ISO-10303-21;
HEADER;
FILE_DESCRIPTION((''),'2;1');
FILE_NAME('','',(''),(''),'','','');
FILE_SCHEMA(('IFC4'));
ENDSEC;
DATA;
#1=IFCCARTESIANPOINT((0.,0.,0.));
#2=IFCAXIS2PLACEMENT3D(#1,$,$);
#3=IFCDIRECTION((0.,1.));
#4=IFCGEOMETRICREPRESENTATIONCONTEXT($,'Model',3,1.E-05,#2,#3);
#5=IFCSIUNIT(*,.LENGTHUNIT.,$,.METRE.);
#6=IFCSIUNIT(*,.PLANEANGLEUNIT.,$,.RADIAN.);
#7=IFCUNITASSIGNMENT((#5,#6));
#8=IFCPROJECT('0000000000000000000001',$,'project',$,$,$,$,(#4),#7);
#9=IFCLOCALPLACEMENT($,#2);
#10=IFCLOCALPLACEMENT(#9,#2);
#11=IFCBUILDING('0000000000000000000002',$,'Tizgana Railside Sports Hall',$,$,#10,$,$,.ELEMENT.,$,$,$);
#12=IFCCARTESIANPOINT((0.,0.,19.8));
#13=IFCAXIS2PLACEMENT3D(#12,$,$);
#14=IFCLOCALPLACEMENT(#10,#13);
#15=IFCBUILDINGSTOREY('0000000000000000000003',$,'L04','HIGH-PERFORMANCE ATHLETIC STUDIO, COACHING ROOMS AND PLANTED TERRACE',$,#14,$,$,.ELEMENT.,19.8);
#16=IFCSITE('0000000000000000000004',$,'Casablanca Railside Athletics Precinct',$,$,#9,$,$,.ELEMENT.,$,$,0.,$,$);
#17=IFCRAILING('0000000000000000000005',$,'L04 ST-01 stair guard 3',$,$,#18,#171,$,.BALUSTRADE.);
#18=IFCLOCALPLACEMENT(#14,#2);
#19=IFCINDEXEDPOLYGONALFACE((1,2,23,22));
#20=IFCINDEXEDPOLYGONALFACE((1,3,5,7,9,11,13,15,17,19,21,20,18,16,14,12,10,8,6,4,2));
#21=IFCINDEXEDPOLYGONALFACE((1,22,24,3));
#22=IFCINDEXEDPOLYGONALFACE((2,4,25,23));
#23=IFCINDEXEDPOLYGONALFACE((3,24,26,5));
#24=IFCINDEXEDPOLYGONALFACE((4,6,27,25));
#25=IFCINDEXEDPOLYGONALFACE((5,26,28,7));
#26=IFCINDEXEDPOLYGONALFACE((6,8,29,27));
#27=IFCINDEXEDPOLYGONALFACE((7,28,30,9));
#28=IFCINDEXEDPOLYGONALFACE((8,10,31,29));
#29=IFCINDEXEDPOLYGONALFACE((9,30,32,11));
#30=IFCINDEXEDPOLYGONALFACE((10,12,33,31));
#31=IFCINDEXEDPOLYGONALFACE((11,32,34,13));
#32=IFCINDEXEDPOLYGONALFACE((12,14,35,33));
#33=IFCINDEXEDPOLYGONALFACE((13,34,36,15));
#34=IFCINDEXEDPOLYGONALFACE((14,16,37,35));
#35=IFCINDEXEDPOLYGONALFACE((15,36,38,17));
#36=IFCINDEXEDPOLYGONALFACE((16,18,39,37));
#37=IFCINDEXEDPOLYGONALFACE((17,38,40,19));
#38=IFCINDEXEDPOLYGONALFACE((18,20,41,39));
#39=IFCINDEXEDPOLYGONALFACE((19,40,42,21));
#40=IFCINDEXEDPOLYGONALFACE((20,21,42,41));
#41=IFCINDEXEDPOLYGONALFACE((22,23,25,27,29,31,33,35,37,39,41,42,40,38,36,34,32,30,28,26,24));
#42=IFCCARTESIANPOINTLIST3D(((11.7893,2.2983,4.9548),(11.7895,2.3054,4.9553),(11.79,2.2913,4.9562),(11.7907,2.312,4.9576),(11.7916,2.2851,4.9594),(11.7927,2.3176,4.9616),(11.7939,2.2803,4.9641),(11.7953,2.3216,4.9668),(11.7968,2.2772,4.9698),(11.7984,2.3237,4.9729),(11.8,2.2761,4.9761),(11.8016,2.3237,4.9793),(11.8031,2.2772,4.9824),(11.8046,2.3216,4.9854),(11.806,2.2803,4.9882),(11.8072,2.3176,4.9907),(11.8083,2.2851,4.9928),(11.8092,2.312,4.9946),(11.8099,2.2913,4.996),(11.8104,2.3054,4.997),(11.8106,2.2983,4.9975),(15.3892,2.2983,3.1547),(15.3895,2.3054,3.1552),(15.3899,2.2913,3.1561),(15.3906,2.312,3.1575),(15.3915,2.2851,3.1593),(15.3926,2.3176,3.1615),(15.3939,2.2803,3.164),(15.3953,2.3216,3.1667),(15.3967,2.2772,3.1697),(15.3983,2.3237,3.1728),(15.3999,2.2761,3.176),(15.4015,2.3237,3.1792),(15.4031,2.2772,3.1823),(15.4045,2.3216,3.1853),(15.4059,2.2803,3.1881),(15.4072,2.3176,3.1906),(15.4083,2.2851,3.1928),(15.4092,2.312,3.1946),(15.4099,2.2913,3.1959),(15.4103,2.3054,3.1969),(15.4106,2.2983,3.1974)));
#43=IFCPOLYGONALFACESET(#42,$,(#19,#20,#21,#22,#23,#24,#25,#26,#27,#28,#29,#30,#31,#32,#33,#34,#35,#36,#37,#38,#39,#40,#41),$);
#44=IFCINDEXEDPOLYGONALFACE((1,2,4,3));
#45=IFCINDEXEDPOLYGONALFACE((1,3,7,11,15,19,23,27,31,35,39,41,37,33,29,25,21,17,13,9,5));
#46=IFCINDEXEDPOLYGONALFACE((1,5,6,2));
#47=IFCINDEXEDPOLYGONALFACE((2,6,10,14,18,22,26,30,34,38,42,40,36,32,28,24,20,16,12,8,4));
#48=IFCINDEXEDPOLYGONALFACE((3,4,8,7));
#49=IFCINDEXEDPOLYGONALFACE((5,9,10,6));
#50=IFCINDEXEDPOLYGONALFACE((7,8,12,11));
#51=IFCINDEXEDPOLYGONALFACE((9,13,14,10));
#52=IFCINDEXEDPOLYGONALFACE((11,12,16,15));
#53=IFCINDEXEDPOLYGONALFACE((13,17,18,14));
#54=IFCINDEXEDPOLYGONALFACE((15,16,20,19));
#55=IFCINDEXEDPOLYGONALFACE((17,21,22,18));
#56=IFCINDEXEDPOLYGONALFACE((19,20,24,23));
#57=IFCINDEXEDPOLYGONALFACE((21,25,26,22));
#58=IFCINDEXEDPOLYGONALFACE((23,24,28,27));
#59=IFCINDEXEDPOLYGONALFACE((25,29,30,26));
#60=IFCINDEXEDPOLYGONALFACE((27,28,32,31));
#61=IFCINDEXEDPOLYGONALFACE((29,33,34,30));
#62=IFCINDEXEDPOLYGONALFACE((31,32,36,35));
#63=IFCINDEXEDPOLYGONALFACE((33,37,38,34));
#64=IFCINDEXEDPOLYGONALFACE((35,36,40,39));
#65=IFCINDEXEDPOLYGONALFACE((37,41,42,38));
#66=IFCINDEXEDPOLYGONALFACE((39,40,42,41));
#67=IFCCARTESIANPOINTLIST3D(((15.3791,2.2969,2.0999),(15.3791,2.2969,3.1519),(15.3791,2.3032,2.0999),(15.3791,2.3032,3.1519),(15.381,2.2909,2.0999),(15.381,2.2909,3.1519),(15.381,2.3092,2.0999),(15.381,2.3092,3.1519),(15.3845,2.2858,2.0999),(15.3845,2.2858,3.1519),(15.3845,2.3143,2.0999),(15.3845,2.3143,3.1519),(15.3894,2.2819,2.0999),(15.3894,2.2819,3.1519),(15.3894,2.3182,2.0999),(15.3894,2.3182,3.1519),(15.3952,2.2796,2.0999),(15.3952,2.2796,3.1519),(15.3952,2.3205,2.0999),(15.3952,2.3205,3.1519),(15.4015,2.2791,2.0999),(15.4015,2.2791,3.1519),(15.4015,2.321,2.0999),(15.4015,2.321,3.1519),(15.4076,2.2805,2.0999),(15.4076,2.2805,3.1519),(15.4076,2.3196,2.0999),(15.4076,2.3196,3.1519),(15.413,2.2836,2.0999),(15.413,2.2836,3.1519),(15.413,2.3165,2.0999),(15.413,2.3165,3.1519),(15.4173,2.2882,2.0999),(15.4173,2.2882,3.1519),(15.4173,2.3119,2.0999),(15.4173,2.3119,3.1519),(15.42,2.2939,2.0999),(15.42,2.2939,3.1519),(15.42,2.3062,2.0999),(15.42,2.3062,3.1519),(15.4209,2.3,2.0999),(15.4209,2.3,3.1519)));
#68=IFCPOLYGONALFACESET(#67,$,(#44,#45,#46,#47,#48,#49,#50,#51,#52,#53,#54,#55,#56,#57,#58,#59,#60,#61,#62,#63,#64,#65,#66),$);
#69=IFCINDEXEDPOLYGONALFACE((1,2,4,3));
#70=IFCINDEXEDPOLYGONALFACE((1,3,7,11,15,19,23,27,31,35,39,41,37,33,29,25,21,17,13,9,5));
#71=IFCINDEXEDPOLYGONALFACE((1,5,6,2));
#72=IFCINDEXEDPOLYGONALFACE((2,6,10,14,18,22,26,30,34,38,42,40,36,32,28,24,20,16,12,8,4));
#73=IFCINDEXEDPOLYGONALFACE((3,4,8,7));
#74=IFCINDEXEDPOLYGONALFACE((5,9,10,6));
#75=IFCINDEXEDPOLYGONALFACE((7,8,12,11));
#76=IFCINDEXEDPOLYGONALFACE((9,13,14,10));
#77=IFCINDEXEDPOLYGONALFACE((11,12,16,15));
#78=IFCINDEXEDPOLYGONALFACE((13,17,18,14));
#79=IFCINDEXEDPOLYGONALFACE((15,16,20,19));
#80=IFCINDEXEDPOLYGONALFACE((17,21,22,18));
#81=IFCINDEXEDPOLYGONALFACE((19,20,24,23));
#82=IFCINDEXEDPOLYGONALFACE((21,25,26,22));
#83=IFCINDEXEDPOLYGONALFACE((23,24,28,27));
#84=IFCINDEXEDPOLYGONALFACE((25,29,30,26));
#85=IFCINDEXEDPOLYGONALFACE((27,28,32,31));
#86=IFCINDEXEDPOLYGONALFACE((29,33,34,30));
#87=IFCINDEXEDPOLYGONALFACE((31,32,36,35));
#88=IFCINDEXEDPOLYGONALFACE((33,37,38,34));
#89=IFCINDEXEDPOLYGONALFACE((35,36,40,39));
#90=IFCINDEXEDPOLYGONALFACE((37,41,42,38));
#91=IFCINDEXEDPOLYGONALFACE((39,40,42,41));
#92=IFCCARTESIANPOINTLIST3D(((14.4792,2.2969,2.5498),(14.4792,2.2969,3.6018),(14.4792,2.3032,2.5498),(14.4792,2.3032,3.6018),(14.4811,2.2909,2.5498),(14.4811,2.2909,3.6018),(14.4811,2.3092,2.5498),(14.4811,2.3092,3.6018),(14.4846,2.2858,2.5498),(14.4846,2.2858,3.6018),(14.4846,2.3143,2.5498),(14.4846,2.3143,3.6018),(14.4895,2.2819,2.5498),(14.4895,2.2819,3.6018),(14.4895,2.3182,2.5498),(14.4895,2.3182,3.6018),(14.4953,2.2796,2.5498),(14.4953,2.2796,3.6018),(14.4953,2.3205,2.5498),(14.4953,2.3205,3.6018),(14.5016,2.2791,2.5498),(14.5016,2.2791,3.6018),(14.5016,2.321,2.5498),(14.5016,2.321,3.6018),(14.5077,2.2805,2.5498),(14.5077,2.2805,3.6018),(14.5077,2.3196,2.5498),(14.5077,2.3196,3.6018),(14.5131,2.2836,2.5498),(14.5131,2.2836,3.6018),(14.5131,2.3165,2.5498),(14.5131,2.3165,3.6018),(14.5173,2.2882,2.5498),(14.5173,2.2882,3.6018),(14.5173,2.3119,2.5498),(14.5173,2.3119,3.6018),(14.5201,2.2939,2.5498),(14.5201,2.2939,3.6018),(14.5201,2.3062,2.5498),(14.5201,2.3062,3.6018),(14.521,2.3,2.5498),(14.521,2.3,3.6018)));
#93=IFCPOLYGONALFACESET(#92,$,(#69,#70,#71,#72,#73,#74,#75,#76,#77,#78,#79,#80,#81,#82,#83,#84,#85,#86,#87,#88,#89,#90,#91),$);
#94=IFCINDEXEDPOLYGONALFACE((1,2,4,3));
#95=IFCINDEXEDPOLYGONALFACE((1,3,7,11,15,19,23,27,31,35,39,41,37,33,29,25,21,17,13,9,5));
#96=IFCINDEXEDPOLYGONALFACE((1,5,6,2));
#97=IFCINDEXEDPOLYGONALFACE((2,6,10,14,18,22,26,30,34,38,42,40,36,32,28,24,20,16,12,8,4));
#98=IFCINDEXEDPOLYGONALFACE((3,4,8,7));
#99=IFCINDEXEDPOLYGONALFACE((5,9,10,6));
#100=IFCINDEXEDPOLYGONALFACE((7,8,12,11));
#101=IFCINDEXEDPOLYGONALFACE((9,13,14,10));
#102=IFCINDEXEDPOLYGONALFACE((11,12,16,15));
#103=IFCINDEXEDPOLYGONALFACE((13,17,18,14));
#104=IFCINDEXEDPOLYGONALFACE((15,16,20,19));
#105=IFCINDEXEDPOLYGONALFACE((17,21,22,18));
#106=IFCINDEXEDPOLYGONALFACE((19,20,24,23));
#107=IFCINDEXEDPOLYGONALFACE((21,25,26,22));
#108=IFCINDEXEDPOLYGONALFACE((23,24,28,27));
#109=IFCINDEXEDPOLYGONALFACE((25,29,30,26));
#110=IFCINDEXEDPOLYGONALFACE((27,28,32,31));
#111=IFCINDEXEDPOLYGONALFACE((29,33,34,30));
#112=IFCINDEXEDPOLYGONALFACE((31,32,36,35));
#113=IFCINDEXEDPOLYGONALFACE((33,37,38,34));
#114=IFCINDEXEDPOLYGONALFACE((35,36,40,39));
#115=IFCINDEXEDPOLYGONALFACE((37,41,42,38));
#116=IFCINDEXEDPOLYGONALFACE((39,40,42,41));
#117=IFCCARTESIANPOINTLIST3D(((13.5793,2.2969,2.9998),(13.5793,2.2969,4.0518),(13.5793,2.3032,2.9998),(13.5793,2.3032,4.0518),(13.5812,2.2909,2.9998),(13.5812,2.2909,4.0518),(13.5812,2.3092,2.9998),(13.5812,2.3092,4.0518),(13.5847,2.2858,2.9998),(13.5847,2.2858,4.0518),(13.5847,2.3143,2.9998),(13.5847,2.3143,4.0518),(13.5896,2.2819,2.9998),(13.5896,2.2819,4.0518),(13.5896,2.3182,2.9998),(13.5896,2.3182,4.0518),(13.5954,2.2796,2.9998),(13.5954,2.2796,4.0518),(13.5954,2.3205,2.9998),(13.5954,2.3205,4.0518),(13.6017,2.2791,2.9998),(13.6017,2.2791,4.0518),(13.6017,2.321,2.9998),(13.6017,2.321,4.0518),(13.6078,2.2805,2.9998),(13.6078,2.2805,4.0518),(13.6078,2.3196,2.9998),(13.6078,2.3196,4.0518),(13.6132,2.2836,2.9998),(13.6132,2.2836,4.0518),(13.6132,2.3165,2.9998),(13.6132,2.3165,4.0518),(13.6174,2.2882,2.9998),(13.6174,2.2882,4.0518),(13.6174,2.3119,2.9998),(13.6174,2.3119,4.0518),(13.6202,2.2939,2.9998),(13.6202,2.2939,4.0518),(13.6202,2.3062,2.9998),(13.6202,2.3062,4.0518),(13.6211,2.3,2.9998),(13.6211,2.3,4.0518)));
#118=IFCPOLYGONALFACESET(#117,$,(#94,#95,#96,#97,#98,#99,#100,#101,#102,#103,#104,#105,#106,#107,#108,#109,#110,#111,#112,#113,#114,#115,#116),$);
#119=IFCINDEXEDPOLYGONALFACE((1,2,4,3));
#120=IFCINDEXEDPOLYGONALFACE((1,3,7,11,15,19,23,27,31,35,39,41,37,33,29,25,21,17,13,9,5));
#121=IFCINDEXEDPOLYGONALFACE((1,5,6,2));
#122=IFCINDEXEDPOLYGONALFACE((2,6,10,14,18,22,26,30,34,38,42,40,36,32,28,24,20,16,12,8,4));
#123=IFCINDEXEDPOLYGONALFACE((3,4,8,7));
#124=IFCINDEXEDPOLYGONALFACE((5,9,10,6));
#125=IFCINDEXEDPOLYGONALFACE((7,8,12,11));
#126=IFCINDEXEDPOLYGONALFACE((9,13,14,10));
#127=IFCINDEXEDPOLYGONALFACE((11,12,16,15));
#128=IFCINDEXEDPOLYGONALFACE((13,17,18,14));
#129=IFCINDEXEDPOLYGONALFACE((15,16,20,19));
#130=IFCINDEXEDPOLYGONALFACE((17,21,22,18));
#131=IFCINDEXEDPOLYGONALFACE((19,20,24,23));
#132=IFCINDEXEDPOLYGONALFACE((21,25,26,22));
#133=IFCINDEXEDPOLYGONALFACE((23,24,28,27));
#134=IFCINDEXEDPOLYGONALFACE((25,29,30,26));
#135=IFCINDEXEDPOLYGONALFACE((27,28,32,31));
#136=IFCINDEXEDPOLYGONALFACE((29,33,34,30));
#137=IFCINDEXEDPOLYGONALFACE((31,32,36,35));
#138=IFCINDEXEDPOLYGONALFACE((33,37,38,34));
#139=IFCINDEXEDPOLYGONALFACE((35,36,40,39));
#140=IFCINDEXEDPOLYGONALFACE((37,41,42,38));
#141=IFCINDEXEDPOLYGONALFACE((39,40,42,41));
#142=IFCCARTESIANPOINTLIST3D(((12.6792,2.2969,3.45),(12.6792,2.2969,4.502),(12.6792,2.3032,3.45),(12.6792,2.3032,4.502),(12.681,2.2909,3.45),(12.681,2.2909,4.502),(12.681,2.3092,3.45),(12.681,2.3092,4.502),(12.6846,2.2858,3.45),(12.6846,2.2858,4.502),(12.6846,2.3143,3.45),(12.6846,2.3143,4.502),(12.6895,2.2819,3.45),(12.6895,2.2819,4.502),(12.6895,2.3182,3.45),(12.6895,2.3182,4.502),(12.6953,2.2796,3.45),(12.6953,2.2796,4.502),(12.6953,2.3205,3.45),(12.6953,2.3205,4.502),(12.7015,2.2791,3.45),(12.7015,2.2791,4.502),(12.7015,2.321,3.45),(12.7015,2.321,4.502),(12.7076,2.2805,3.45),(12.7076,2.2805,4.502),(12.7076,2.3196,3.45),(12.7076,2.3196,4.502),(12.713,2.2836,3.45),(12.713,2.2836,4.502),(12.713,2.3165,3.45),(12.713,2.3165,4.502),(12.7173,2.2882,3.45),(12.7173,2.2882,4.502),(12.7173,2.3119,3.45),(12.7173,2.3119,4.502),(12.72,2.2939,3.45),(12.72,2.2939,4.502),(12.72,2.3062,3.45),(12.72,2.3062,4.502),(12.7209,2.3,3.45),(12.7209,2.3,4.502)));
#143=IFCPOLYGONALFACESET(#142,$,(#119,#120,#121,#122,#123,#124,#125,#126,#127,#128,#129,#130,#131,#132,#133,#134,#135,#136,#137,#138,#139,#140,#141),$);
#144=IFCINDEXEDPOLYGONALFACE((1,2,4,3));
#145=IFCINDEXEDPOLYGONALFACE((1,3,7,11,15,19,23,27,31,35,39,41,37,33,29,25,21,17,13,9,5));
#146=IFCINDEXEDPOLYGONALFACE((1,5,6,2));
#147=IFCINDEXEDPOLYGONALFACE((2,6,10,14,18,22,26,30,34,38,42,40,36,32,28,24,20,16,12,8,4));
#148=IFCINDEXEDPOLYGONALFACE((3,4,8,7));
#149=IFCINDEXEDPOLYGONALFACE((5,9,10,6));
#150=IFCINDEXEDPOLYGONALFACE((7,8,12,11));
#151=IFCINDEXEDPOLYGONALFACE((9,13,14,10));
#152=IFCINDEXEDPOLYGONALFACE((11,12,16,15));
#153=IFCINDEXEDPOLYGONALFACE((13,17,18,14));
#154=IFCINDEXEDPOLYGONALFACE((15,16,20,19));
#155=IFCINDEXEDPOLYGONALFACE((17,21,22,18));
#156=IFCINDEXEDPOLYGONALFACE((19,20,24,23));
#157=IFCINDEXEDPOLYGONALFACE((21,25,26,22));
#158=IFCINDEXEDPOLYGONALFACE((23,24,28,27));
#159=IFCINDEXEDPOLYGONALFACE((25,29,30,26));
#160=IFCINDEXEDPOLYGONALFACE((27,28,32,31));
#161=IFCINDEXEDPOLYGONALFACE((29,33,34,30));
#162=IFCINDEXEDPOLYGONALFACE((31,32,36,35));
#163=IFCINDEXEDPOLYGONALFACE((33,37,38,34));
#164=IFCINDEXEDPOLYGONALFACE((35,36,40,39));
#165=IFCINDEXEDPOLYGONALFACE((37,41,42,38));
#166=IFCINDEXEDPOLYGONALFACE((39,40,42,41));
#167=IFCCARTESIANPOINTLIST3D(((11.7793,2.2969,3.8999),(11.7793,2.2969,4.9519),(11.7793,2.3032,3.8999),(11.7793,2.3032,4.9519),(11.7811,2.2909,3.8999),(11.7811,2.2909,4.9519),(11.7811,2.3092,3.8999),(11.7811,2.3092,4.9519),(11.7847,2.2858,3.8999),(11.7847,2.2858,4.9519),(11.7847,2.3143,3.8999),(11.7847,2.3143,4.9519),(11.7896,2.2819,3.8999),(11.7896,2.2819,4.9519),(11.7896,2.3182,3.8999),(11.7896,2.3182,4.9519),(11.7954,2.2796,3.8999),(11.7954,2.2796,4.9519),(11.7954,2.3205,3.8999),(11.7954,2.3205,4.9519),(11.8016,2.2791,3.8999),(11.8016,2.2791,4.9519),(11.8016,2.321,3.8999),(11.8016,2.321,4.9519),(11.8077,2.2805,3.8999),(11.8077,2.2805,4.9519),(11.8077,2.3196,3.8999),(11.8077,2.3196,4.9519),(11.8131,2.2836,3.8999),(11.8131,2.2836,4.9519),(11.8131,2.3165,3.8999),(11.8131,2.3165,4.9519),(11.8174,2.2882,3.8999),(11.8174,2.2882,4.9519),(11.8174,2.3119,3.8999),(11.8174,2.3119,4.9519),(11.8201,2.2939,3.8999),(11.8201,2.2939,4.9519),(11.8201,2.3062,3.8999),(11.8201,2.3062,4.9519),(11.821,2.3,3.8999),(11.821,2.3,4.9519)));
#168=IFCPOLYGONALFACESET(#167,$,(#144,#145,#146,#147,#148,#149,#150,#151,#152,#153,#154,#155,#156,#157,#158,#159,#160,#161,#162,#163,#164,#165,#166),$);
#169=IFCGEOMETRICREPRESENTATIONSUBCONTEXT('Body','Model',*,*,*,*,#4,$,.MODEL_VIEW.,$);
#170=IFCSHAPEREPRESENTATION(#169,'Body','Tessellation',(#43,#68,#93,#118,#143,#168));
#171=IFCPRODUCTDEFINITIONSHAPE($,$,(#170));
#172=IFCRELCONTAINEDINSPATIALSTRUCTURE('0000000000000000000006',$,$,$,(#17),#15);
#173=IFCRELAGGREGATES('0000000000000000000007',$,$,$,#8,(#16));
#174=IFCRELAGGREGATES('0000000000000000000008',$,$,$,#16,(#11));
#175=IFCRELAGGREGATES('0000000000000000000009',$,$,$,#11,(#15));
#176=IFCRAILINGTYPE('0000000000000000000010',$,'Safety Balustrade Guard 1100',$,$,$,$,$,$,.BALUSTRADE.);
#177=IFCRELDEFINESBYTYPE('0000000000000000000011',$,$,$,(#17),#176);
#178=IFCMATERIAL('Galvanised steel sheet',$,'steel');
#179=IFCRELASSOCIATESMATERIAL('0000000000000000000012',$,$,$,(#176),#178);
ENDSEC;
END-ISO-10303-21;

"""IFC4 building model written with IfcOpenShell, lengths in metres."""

from ifc_helpers import new_model, si_unit, direction, frame, origin, origin_2d, place, context, subcontext, project, spatial, circle, extrude, material, type_object, element, save


model = new_model("IFC4")

# Units and contexts
model_context = context("Model", 3, precision=1e-05, world=origin(), true_north=direction((0.0, 1.0)))
body_context = subcontext(model_context, "Body", "Model", "MODEL_VIEW")
ifc_project = project(units=[si_unit("LENGTHUNIT", "METRE"), si_unit("PLANEANGLEUNIT", "RADIAN")], contexts=[model_context])

# Site, building, storey
site_placement = place(None, origin())
site = spatial("IfcSite", under=ifc_project, at=site_placement, Name="Casablanca Railside Athletics Precinct", CompositionType="ELEMENT", RefElevation=0.0)
building_placement = place(site_placement, origin())
building = spatial("IfcBuilding", under=site, at=building_placement, Name="Tizgana Railside Sports Hall", CompositionType="ELEMENT")
storey_placement = place(building_placement, frame((0.0, 0.0, 19.8)))
storey = spatial("IfcBuildingStorey", under=building, at=storey_placement, Name="L04", Description="HIGH-PERFORMANCE ATHLETIC STUDIO, COACHING ROOMS AND PLANTED TERRACE", CompositionType="ELEMENT", Elevation=19.8)

# Railing
ifc_material_1 = material(Name="Galvanised steel sheet", Category="steel")
railing_type_1 = type_object("IfcRailingType", Name="Safety Balustrade Guard 1100", PredefinedType="BALUSTRADE", material=ifc_material_1)
railing_1_placement = place(storey_placement, frame((15.3999, 2.3, 2.0999)))
element("IfcRailing", 1, at=railing_1_placement, inside=storey, type_object=railing_type_1, Name="L04 ST-01 stair guard 3", PredefinedType="BALUSTRADE", context=body_context, shape_type="SweptSolid", body=[
    extrude(circle(Radius=0.0239, at=origin_2d()), frame((0.0, 0.0, 1.0762), z_axis=(-0.894415, 0.0, 0.447238), x_axis=(0.0, -1.0, 0.0)), (0.0, 0.0, 1.0), 4.0249),
    extrude(circle(Radius=0.021, at=origin_2d()), origin(), (0.0, 0.0, 1.0), 1.052),
    extrude(circle(Radius=0.021, at=origin_2d()), frame((-0.8999, 0.0, 0.45)), (0.0, 0.0, 1.0), 1.052),
    extrude(circle(Radius=0.021, at=origin_2d()), frame((-1.7998, 0.0, 0.8999)), (0.0, 0.0, 1.0), 1.052),
    extrude(circle(Radius=0.021, at=origin_2d()), frame((-2.7, 0.0, 1.3501)), (0.0, 0.0, 1.0), 1.052),
    extrude(circle(Radius=0.021, at=origin_2d()), frame((-3.5999, 0.0, 1.8)), (0.0, 0.0, 1.0), 1.052),
])

save(model, "model.ifc")
